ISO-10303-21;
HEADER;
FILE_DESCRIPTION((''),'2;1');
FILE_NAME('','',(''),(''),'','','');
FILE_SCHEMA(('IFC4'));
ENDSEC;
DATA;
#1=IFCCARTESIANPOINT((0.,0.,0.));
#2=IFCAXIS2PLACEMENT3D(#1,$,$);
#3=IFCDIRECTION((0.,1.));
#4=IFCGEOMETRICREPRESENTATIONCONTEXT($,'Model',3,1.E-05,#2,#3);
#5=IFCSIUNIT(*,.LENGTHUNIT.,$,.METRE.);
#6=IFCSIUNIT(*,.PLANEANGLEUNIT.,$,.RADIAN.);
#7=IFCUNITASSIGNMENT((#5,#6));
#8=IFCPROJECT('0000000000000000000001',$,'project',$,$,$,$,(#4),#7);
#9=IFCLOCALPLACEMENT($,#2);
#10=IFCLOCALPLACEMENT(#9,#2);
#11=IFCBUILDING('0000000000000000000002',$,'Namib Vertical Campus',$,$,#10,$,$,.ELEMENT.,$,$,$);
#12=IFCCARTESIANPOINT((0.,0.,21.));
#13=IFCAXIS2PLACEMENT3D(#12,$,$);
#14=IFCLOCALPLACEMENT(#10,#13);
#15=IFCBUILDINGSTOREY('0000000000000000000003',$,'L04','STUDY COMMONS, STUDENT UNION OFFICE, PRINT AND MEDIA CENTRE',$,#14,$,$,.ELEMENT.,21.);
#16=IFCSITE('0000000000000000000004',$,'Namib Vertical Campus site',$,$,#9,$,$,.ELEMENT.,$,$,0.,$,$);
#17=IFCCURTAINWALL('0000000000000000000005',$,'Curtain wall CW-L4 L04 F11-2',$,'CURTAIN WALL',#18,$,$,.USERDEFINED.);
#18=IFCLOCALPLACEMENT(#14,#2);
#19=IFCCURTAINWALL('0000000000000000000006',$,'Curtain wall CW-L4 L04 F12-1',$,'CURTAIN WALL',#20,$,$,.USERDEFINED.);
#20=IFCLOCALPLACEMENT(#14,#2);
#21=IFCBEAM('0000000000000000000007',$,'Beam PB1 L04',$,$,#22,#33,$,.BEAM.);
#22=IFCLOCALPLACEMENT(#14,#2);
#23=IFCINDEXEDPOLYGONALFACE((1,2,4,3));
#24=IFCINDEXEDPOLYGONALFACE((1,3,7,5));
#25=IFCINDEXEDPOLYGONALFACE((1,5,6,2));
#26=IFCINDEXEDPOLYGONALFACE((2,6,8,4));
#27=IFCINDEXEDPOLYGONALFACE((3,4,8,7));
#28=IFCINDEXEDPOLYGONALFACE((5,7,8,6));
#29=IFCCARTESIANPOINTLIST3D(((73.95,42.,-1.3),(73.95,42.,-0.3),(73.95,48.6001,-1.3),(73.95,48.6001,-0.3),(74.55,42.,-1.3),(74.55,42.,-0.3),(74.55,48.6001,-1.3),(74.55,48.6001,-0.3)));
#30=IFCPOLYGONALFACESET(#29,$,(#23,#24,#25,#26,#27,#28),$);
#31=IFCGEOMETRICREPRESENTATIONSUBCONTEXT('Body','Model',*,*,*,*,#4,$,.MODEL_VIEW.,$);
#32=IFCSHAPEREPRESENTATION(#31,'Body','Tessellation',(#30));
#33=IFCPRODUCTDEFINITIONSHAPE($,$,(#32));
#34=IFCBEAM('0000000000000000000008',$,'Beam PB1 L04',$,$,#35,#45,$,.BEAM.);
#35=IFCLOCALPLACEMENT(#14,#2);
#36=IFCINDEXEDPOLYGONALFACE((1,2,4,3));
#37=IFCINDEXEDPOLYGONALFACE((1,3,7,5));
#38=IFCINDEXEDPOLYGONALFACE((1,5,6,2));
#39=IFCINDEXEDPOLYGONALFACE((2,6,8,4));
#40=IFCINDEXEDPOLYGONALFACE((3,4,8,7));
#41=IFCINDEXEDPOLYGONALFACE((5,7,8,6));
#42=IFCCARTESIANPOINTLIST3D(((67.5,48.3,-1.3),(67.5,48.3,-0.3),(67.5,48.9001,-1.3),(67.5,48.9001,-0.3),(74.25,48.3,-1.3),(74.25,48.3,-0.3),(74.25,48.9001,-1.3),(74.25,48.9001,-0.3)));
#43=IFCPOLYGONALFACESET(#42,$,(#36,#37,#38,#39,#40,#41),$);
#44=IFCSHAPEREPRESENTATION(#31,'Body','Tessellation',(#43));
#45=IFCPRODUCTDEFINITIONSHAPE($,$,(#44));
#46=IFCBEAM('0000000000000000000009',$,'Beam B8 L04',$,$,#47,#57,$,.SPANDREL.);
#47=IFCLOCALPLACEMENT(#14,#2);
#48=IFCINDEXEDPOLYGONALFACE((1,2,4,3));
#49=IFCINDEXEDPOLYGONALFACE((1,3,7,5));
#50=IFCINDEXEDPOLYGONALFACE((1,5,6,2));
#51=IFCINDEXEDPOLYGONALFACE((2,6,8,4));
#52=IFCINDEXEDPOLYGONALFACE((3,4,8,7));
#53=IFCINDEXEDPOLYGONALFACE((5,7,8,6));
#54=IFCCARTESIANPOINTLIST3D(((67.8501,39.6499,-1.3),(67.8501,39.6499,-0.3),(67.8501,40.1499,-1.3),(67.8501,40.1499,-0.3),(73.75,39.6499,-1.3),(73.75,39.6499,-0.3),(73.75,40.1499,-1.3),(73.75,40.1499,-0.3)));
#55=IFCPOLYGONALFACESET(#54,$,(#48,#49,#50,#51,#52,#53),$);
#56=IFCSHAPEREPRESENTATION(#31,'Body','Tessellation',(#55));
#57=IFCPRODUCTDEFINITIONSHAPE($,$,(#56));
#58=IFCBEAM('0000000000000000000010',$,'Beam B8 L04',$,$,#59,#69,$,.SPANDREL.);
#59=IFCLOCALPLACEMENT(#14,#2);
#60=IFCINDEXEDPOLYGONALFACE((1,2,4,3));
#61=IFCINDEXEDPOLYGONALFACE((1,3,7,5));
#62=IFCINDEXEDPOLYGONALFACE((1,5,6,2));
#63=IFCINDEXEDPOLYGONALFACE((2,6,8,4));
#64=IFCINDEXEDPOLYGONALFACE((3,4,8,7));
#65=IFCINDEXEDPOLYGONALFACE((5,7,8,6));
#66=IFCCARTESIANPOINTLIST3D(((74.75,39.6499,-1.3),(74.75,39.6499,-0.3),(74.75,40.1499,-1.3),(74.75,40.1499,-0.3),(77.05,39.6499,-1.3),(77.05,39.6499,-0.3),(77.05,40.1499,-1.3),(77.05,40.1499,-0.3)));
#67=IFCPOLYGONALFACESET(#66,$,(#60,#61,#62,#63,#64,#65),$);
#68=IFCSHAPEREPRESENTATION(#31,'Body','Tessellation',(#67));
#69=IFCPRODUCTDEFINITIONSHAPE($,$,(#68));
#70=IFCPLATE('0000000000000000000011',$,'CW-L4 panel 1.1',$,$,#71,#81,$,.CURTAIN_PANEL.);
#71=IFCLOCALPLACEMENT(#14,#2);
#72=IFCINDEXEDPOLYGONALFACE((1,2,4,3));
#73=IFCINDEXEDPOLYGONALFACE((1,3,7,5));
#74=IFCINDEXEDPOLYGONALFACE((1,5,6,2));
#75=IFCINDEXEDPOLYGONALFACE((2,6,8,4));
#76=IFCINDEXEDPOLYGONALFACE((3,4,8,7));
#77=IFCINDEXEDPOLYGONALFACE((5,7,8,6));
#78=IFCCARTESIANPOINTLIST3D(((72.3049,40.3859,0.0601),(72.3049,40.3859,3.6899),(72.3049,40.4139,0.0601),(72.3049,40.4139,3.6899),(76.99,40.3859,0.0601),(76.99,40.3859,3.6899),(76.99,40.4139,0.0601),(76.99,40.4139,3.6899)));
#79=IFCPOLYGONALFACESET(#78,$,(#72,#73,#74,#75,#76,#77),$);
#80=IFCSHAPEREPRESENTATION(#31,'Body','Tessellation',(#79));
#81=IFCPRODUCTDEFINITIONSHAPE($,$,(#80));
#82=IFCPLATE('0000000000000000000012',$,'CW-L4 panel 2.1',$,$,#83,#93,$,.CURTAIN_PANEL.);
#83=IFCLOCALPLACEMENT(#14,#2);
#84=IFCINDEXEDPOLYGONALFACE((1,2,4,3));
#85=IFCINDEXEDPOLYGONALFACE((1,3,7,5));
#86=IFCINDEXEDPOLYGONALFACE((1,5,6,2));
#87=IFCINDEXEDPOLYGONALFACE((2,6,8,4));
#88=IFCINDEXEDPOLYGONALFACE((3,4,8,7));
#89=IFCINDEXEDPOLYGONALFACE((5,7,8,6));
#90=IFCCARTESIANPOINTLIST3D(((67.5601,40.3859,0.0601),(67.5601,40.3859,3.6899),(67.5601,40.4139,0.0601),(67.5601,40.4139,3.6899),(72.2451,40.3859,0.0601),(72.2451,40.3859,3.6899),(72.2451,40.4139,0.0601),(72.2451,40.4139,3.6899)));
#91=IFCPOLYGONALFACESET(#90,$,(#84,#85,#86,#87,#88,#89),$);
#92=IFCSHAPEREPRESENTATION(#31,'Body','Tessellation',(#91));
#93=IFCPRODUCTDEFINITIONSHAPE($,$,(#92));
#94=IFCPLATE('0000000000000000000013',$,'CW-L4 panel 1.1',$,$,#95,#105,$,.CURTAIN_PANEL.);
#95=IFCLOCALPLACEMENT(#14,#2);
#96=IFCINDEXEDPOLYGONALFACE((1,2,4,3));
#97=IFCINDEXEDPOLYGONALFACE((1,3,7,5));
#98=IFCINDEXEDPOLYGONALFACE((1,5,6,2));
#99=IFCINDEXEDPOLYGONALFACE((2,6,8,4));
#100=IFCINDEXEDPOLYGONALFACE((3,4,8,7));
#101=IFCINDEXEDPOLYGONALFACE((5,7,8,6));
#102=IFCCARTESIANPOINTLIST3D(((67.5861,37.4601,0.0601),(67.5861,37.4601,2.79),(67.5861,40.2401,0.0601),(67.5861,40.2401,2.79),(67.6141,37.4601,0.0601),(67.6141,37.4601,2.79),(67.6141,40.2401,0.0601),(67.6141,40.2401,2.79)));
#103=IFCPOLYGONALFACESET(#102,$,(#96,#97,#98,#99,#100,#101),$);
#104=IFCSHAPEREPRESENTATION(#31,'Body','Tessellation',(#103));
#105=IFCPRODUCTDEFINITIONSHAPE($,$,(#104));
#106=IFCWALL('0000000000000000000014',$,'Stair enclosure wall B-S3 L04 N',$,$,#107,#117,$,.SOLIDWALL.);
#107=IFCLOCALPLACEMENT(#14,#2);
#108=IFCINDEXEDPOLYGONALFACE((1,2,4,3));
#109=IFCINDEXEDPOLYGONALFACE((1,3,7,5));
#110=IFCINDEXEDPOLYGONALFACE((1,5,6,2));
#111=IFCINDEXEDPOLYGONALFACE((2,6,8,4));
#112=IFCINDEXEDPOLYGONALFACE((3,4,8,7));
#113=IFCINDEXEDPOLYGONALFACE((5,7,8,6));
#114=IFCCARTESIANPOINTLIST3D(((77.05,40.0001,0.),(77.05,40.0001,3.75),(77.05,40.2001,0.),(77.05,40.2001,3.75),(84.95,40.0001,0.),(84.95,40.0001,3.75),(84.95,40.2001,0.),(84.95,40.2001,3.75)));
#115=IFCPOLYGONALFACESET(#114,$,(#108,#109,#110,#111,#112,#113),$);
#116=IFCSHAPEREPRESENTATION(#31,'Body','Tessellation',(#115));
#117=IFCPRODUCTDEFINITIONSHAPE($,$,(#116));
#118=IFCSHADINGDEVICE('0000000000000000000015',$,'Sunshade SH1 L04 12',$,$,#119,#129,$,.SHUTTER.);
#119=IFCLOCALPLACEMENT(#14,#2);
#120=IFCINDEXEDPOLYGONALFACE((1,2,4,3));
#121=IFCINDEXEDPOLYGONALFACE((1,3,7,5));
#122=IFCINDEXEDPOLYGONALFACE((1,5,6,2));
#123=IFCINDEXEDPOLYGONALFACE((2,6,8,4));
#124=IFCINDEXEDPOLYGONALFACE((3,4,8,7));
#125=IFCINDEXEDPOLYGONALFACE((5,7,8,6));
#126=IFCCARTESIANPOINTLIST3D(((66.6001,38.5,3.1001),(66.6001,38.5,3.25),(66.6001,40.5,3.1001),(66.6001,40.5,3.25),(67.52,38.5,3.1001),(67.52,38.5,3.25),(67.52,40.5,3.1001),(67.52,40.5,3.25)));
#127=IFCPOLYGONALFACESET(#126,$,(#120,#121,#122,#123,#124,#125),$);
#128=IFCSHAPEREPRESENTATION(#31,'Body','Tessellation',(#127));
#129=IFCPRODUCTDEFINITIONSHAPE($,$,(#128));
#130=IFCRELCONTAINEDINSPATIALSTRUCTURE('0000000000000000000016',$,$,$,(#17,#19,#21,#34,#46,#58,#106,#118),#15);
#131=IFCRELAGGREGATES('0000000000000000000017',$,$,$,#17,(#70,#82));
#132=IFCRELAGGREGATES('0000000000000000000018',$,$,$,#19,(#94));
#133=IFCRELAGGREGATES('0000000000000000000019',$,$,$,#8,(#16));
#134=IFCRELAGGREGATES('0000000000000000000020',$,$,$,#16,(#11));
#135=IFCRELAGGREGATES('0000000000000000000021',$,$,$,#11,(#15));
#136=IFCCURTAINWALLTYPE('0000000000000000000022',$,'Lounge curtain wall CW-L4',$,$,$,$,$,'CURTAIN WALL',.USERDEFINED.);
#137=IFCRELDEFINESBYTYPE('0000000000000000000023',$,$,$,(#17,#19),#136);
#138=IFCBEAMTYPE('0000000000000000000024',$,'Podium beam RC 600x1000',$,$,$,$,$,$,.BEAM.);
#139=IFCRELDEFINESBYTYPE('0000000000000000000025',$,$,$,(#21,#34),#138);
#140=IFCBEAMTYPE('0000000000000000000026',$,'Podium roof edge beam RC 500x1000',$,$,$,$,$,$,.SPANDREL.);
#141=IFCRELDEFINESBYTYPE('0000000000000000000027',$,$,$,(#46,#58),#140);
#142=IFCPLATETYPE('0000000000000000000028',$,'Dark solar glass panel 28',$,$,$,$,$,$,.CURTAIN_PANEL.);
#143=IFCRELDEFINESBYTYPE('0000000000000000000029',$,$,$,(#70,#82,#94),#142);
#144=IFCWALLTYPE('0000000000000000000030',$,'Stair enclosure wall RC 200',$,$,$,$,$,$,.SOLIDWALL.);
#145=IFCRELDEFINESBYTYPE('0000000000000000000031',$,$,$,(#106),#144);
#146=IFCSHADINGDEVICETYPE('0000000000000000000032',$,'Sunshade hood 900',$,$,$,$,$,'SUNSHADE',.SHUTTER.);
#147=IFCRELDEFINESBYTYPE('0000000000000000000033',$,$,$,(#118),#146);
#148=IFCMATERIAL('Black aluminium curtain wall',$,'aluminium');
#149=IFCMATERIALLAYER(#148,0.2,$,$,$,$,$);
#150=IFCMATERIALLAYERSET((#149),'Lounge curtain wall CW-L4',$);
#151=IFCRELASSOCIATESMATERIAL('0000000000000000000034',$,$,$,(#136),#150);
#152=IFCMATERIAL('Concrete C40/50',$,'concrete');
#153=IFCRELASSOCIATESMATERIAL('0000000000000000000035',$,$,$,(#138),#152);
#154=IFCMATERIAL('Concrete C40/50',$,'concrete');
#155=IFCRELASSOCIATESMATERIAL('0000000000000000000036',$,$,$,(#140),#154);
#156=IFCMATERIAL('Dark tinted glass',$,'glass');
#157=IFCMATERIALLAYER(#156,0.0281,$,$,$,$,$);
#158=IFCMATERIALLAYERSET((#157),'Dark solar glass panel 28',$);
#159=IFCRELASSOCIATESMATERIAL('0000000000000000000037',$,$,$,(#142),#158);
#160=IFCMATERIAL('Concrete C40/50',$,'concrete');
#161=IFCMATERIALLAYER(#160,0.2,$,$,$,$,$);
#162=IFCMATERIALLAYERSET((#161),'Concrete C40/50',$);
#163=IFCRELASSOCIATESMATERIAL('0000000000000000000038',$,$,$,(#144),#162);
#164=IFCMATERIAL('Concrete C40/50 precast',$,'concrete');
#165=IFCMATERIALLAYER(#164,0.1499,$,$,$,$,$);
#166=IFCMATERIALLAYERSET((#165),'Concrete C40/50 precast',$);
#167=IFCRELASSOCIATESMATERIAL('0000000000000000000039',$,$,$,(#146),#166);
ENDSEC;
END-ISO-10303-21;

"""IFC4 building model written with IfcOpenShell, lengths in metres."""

from ifc_helpers import new_model, si_unit, direction, frame, frame_2d, origin, origin_2d, place, context, subcontext, project, spatial, rectangle, extrude, material, layer, layer_set, material_profile, profile_set, type_object, element, aggregate, save


model = new_model("IFC4")

# Units and contexts
model_context = context("Model", 3, precision=1e-05, world=origin(), true_north=direction((0.0, 1.0)))
body_context = subcontext(model_context, "Body", "Model", "MODEL_VIEW")
ifc_project = project(units=[si_unit("LENGTHUNIT", "METRE"), si_unit("PLANEANGLEUNIT", "RADIAN")], contexts=[model_context])

# Site, building, storey
site_placement = place(None, origin())
site = spatial("IfcSite", under=ifc_project, at=site_placement, Name="Namib Vertical Campus site", CompositionType="ELEMENT", RefElevation=0.0)
building_placement = place(site_placement, origin())
building = spatial("IfcBuilding", under=site, at=building_placement, Name="Namib Vertical Campus", CompositionType="ELEMENT")
storey_placement = place(building_placement, frame((0.0, 0.0, 21.0)))
storey = spatial("IfcBuildingStorey", under=building, at=storey_placement, Name="L04", Description="STUDY COMMONS, STUDENT UNION OFFICE, PRINT AND MEDIA CENTRE", CompositionType="ELEMENT", Elevation=21.0)

# Curtain wall
ifc_material_1 = material(Name="Black aluminium curtain wall", Category="aluminium")
ifc_layer_1 = layer(ifc_material_1, 0.2)
ifc_layer_set_1 = layer_set([ifc_layer_1], Name="Lounge curtain wall CW-L4")
curtain_wall_type = type_object("IfcCurtainWallType", Name="Lounge curtain wall CW-L4", ElementType="CURTAIN WALL", PredefinedType="USERDEFINED", material=ifc_layer_set_1)
curtain_wall_1_placement = place(storey_placement, origin())
curtain_wall_1 = element("IfcCurtainWall", 1, at=curtain_wall_1_placement, inside=storey, type_object=curtain_wall_type, Name="Curtain wall CW-L4 L04 F11-2", ObjectType="CURTAIN WALL", PredefinedType="USERDEFINED")

# Curtain wall
curtain_wall_2_placement = place(storey_placement, origin())
curtain_wall_2 = element("IfcCurtainWall", 2, at=curtain_wall_2_placement, inside=storey, type_object=curtain_wall_type, Name="Curtain wall CW-L4 L04 F12-1", ObjectType="CURTAIN WALL", PredefinedType="USERDEFINED")

# Beams
ifc_material_2 = material(Name="Concrete C40/50", Category="concrete")
ifc_material_profile_1 = material_profile(ifc_material_2, rectangle(XDim=0.6001, YDim=1.0, at=origin_2d()))
ifc_profile_set_1 = profile_set([ifc_material_profile_1], Name="Concrete C40/50")
beam_type_1 = type_object("IfcBeamType", Name="Podium beam RC 600x1000", PredefinedType="BEAM", material=ifc_profile_set_1)
beam_1_placement = place(storey_placement, frame((74.25, 42.0, -0.8), z_axis=(0.0, 1.0, 0.0), x_axis=(-1.0, 0.0, 0.0)))
element("IfcBeam", 3, at=beam_1_placement, inside=storey, type_object=beam_type_1, Name="Beam PB1 L04", PredefinedType="BEAM", context=body_context, shape_type="SweptSolid", body=[
    extrude(rectangle(XDim=0.6001, YDim=1.0, at=origin_2d()), origin(), (0.0, 0.0, 1.0), 6.6001),
])
beam_2_placement = place(storey_placement, frame((67.5, 48.6001, -0.8), z_axis=(1.0, 0.0, 0.0), x_axis=(0.0, 1.0, 0.0)))
element("IfcBeam", 4, at=beam_2_placement, inside=storey, type_object=beam_type_1, Name="Beam PB1 L04", PredefinedType="BEAM", context=body_context, shape_type="SweptSolid", body=[
    extrude(rectangle(XDim=0.6001, YDim=1.0, at=origin_2d()), origin(), (0.0, 0.0, 1.0), 6.75),
])
ifc_material_3 = material(Name="Concrete C40/50", Category="concrete")
ifc_material_profile_2 = material_profile(ifc_material_3, rectangle(XDim=0.5, YDim=1.0, at=origin_2d()))
ifc_profile_set_2 = profile_set([ifc_material_profile_2], Name="Concrete C40/50")
beam_type_2 = type_object("IfcBeamType", Name="Podium roof edge beam RC 500x1000", PredefinedType="SPANDREL", material=ifc_profile_set_2)
beam_3_placement = place(storey_placement, frame((67.8501, 39.8999, -0.8), z_axis=(1.0, 0.0, 0.0), x_axis=(0.0, 1.0, 0.0)))
element("IfcBeam", 5, at=beam_3_placement, inside=storey, type_object=beam_type_2, Name="Beam B8 L04", PredefinedType="SPANDREL", context=body_context, shape_type="SweptSolid", body=[
    extrude(rectangle(XDim=0.5, YDim=1.0, at=origin_2d()), origin(), (0.0, 0.0, 1.0), 5.8999),
])
beam_4_placement = place(storey_placement, frame((74.75, 39.8999, -0.8), z_axis=(1.0, 0.0, 0.0), x_axis=(0.0, 1.0, 0.0)))
element("IfcBeam", 6, at=beam_4_placement, inside=storey, type_object=beam_type_2, Name="Beam B8 L04", PredefinedType="SPANDREL", context=body_context, shape_type="SweptSolid", body=[
    extrude(rectangle(XDim=0.5, YDim=1.0, at=origin_2d()), origin(), (0.0, 0.0, 1.0), 2.3),
])

# Plates
ifc_material_4 = material(Name="Dark tinted glass", Category="glass")
ifc_layer_2 = layer(ifc_material_4, 0.0281)
ifc_layer_set_2 = layer_set([ifc_layer_2], Name="Dark solar glass panel 28")
plate_type = type_object("IfcPlateType", Name="Dark solar glass panel 28", PredefinedType="CURTAIN_PANEL", material=ifc_layer_set_2)
plate_1_placement = place(storey_placement, frame((74.6475, 40.3999, 0.0601), z_axis=(0.0, 0.0, 1.0), x_axis=(-1.0, 0.0, 0.0)))
plate_1 = element("IfcPlate", 7, at=plate_1_placement, type_object=plate_type, Name="CW-L4 panel 1.1", PredefinedType="CURTAIN_PANEL", context=body_context, shape_type="SweptSolid", body=[
    extrude(rectangle(XDim=4.6851, YDim=0.0281, at=origin_2d()), origin(), (0.0, 0.0, 1.0), 3.6299),
])
plate_2_placement = place(storey_placement, frame((69.9026, 40.3999, 0.0601), z_axis=(0.0, 0.0, 1.0), x_axis=(-1.0, 0.0, 0.0)))
plate_2 = element("IfcPlate", 8, at=plate_2_placement, type_object=plate_type, Name="CW-L4 panel 2.1", PredefinedType="CURTAIN_PANEL", context=body_context, shape_type="SweptSolid", body=[
    extrude(rectangle(XDim=4.6851, YDim=0.0281, at=origin_2d()), origin(), (0.0, 0.0, 1.0), 3.6299),
])
aggregate(curtain_wall_1, [plate_1, plate_2])
plate_3_placement = place(storey_placement, frame((67.6001, 38.8501, 0.0601), z_axis=(0.0, 0.0, 1.0), x_axis=(0.0, -1.0, 0.0)))
plate_3 = element("IfcPlate", 9, at=plate_3_placement, type_object=plate_type, Name="CW-L4 panel 1.1", PredefinedType="CURTAIN_PANEL", context=body_context, shape_type="SweptSolid", body=[
    extrude(rectangle(XDim=2.78, YDim=0.0281, at=origin_2d()), origin(), (0.0, 0.0, 1.0), 2.73),
])
aggregate(curtain_wall_2, [plate_3])

# Wall
ifc_material_5 = material(Name="Concrete C40/50", Category="concrete")
ifc_layer_3 = layer(ifc_material_5, 0.2)
ifc_layer_set_3 = layer_set([ifc_layer_3], Name="Concrete C40/50")
wall_type = type_object("IfcWallType", Name="Stair enclosure wall RC 200", PredefinedType="SOLIDWALL", material=ifc_layer_set_3)
wall_placement = place(storey_placement, frame((77.05, 40.1001, 0.0), z_axis=(0.0, 0.0, 1.0), x_axis=(1.0, 0.0, 0.0)))
element("IfcWall", 10, at=wall_placement, inside=storey, type_object=wall_type, Name="Stair enclosure wall B-S3 L04 N", PredefinedType="SOLIDWALL", context=body_context, shape_type="SweptSolid", body=[
    extrude(rectangle(XDim=7.8999, YDim=0.2, at=frame_2d((3.95, 0.0))), origin(), (0.0, 0.0, 1.0), 3.75),
])

# Shading device
ifc_material_6 = material(Name="Concrete C40/50 precast", Category="concrete")
ifc_layer_4 = layer(ifc_material_6, 0.1499)
ifc_layer_set_4 = layer_set([ifc_layer_4], Name="Concrete C40/50 precast")
shading_device_type = type_object("IfcShadingDeviceType", Name="Sunshade hood 900", ElementType="SUNSHADE", PredefinedType="SHUTTER", material=ifc_layer_set_4)
shading_device_placement = place(storey_placement, frame((67.0601, 39.5, 3.1001), z_axis=(0.0, 0.0, 1.0), x_axis=(0.0, -1.0, 0.0)))
element("IfcShadingDevice", 11, at=shading_device_placement, inside=storey, type_object=shading_device_type, Name="Sunshade SH1 L04 12", PredefinedType="SHUTTER", context=body_context, shape_type="SweptSolid", body=[
    extrude(rectangle(XDim=2.0, YDim=0.9199, at=origin_2d()), origin(), (0.0, 0.0, 1.0), 0.1499),
])

save(model, "model.ifc")
